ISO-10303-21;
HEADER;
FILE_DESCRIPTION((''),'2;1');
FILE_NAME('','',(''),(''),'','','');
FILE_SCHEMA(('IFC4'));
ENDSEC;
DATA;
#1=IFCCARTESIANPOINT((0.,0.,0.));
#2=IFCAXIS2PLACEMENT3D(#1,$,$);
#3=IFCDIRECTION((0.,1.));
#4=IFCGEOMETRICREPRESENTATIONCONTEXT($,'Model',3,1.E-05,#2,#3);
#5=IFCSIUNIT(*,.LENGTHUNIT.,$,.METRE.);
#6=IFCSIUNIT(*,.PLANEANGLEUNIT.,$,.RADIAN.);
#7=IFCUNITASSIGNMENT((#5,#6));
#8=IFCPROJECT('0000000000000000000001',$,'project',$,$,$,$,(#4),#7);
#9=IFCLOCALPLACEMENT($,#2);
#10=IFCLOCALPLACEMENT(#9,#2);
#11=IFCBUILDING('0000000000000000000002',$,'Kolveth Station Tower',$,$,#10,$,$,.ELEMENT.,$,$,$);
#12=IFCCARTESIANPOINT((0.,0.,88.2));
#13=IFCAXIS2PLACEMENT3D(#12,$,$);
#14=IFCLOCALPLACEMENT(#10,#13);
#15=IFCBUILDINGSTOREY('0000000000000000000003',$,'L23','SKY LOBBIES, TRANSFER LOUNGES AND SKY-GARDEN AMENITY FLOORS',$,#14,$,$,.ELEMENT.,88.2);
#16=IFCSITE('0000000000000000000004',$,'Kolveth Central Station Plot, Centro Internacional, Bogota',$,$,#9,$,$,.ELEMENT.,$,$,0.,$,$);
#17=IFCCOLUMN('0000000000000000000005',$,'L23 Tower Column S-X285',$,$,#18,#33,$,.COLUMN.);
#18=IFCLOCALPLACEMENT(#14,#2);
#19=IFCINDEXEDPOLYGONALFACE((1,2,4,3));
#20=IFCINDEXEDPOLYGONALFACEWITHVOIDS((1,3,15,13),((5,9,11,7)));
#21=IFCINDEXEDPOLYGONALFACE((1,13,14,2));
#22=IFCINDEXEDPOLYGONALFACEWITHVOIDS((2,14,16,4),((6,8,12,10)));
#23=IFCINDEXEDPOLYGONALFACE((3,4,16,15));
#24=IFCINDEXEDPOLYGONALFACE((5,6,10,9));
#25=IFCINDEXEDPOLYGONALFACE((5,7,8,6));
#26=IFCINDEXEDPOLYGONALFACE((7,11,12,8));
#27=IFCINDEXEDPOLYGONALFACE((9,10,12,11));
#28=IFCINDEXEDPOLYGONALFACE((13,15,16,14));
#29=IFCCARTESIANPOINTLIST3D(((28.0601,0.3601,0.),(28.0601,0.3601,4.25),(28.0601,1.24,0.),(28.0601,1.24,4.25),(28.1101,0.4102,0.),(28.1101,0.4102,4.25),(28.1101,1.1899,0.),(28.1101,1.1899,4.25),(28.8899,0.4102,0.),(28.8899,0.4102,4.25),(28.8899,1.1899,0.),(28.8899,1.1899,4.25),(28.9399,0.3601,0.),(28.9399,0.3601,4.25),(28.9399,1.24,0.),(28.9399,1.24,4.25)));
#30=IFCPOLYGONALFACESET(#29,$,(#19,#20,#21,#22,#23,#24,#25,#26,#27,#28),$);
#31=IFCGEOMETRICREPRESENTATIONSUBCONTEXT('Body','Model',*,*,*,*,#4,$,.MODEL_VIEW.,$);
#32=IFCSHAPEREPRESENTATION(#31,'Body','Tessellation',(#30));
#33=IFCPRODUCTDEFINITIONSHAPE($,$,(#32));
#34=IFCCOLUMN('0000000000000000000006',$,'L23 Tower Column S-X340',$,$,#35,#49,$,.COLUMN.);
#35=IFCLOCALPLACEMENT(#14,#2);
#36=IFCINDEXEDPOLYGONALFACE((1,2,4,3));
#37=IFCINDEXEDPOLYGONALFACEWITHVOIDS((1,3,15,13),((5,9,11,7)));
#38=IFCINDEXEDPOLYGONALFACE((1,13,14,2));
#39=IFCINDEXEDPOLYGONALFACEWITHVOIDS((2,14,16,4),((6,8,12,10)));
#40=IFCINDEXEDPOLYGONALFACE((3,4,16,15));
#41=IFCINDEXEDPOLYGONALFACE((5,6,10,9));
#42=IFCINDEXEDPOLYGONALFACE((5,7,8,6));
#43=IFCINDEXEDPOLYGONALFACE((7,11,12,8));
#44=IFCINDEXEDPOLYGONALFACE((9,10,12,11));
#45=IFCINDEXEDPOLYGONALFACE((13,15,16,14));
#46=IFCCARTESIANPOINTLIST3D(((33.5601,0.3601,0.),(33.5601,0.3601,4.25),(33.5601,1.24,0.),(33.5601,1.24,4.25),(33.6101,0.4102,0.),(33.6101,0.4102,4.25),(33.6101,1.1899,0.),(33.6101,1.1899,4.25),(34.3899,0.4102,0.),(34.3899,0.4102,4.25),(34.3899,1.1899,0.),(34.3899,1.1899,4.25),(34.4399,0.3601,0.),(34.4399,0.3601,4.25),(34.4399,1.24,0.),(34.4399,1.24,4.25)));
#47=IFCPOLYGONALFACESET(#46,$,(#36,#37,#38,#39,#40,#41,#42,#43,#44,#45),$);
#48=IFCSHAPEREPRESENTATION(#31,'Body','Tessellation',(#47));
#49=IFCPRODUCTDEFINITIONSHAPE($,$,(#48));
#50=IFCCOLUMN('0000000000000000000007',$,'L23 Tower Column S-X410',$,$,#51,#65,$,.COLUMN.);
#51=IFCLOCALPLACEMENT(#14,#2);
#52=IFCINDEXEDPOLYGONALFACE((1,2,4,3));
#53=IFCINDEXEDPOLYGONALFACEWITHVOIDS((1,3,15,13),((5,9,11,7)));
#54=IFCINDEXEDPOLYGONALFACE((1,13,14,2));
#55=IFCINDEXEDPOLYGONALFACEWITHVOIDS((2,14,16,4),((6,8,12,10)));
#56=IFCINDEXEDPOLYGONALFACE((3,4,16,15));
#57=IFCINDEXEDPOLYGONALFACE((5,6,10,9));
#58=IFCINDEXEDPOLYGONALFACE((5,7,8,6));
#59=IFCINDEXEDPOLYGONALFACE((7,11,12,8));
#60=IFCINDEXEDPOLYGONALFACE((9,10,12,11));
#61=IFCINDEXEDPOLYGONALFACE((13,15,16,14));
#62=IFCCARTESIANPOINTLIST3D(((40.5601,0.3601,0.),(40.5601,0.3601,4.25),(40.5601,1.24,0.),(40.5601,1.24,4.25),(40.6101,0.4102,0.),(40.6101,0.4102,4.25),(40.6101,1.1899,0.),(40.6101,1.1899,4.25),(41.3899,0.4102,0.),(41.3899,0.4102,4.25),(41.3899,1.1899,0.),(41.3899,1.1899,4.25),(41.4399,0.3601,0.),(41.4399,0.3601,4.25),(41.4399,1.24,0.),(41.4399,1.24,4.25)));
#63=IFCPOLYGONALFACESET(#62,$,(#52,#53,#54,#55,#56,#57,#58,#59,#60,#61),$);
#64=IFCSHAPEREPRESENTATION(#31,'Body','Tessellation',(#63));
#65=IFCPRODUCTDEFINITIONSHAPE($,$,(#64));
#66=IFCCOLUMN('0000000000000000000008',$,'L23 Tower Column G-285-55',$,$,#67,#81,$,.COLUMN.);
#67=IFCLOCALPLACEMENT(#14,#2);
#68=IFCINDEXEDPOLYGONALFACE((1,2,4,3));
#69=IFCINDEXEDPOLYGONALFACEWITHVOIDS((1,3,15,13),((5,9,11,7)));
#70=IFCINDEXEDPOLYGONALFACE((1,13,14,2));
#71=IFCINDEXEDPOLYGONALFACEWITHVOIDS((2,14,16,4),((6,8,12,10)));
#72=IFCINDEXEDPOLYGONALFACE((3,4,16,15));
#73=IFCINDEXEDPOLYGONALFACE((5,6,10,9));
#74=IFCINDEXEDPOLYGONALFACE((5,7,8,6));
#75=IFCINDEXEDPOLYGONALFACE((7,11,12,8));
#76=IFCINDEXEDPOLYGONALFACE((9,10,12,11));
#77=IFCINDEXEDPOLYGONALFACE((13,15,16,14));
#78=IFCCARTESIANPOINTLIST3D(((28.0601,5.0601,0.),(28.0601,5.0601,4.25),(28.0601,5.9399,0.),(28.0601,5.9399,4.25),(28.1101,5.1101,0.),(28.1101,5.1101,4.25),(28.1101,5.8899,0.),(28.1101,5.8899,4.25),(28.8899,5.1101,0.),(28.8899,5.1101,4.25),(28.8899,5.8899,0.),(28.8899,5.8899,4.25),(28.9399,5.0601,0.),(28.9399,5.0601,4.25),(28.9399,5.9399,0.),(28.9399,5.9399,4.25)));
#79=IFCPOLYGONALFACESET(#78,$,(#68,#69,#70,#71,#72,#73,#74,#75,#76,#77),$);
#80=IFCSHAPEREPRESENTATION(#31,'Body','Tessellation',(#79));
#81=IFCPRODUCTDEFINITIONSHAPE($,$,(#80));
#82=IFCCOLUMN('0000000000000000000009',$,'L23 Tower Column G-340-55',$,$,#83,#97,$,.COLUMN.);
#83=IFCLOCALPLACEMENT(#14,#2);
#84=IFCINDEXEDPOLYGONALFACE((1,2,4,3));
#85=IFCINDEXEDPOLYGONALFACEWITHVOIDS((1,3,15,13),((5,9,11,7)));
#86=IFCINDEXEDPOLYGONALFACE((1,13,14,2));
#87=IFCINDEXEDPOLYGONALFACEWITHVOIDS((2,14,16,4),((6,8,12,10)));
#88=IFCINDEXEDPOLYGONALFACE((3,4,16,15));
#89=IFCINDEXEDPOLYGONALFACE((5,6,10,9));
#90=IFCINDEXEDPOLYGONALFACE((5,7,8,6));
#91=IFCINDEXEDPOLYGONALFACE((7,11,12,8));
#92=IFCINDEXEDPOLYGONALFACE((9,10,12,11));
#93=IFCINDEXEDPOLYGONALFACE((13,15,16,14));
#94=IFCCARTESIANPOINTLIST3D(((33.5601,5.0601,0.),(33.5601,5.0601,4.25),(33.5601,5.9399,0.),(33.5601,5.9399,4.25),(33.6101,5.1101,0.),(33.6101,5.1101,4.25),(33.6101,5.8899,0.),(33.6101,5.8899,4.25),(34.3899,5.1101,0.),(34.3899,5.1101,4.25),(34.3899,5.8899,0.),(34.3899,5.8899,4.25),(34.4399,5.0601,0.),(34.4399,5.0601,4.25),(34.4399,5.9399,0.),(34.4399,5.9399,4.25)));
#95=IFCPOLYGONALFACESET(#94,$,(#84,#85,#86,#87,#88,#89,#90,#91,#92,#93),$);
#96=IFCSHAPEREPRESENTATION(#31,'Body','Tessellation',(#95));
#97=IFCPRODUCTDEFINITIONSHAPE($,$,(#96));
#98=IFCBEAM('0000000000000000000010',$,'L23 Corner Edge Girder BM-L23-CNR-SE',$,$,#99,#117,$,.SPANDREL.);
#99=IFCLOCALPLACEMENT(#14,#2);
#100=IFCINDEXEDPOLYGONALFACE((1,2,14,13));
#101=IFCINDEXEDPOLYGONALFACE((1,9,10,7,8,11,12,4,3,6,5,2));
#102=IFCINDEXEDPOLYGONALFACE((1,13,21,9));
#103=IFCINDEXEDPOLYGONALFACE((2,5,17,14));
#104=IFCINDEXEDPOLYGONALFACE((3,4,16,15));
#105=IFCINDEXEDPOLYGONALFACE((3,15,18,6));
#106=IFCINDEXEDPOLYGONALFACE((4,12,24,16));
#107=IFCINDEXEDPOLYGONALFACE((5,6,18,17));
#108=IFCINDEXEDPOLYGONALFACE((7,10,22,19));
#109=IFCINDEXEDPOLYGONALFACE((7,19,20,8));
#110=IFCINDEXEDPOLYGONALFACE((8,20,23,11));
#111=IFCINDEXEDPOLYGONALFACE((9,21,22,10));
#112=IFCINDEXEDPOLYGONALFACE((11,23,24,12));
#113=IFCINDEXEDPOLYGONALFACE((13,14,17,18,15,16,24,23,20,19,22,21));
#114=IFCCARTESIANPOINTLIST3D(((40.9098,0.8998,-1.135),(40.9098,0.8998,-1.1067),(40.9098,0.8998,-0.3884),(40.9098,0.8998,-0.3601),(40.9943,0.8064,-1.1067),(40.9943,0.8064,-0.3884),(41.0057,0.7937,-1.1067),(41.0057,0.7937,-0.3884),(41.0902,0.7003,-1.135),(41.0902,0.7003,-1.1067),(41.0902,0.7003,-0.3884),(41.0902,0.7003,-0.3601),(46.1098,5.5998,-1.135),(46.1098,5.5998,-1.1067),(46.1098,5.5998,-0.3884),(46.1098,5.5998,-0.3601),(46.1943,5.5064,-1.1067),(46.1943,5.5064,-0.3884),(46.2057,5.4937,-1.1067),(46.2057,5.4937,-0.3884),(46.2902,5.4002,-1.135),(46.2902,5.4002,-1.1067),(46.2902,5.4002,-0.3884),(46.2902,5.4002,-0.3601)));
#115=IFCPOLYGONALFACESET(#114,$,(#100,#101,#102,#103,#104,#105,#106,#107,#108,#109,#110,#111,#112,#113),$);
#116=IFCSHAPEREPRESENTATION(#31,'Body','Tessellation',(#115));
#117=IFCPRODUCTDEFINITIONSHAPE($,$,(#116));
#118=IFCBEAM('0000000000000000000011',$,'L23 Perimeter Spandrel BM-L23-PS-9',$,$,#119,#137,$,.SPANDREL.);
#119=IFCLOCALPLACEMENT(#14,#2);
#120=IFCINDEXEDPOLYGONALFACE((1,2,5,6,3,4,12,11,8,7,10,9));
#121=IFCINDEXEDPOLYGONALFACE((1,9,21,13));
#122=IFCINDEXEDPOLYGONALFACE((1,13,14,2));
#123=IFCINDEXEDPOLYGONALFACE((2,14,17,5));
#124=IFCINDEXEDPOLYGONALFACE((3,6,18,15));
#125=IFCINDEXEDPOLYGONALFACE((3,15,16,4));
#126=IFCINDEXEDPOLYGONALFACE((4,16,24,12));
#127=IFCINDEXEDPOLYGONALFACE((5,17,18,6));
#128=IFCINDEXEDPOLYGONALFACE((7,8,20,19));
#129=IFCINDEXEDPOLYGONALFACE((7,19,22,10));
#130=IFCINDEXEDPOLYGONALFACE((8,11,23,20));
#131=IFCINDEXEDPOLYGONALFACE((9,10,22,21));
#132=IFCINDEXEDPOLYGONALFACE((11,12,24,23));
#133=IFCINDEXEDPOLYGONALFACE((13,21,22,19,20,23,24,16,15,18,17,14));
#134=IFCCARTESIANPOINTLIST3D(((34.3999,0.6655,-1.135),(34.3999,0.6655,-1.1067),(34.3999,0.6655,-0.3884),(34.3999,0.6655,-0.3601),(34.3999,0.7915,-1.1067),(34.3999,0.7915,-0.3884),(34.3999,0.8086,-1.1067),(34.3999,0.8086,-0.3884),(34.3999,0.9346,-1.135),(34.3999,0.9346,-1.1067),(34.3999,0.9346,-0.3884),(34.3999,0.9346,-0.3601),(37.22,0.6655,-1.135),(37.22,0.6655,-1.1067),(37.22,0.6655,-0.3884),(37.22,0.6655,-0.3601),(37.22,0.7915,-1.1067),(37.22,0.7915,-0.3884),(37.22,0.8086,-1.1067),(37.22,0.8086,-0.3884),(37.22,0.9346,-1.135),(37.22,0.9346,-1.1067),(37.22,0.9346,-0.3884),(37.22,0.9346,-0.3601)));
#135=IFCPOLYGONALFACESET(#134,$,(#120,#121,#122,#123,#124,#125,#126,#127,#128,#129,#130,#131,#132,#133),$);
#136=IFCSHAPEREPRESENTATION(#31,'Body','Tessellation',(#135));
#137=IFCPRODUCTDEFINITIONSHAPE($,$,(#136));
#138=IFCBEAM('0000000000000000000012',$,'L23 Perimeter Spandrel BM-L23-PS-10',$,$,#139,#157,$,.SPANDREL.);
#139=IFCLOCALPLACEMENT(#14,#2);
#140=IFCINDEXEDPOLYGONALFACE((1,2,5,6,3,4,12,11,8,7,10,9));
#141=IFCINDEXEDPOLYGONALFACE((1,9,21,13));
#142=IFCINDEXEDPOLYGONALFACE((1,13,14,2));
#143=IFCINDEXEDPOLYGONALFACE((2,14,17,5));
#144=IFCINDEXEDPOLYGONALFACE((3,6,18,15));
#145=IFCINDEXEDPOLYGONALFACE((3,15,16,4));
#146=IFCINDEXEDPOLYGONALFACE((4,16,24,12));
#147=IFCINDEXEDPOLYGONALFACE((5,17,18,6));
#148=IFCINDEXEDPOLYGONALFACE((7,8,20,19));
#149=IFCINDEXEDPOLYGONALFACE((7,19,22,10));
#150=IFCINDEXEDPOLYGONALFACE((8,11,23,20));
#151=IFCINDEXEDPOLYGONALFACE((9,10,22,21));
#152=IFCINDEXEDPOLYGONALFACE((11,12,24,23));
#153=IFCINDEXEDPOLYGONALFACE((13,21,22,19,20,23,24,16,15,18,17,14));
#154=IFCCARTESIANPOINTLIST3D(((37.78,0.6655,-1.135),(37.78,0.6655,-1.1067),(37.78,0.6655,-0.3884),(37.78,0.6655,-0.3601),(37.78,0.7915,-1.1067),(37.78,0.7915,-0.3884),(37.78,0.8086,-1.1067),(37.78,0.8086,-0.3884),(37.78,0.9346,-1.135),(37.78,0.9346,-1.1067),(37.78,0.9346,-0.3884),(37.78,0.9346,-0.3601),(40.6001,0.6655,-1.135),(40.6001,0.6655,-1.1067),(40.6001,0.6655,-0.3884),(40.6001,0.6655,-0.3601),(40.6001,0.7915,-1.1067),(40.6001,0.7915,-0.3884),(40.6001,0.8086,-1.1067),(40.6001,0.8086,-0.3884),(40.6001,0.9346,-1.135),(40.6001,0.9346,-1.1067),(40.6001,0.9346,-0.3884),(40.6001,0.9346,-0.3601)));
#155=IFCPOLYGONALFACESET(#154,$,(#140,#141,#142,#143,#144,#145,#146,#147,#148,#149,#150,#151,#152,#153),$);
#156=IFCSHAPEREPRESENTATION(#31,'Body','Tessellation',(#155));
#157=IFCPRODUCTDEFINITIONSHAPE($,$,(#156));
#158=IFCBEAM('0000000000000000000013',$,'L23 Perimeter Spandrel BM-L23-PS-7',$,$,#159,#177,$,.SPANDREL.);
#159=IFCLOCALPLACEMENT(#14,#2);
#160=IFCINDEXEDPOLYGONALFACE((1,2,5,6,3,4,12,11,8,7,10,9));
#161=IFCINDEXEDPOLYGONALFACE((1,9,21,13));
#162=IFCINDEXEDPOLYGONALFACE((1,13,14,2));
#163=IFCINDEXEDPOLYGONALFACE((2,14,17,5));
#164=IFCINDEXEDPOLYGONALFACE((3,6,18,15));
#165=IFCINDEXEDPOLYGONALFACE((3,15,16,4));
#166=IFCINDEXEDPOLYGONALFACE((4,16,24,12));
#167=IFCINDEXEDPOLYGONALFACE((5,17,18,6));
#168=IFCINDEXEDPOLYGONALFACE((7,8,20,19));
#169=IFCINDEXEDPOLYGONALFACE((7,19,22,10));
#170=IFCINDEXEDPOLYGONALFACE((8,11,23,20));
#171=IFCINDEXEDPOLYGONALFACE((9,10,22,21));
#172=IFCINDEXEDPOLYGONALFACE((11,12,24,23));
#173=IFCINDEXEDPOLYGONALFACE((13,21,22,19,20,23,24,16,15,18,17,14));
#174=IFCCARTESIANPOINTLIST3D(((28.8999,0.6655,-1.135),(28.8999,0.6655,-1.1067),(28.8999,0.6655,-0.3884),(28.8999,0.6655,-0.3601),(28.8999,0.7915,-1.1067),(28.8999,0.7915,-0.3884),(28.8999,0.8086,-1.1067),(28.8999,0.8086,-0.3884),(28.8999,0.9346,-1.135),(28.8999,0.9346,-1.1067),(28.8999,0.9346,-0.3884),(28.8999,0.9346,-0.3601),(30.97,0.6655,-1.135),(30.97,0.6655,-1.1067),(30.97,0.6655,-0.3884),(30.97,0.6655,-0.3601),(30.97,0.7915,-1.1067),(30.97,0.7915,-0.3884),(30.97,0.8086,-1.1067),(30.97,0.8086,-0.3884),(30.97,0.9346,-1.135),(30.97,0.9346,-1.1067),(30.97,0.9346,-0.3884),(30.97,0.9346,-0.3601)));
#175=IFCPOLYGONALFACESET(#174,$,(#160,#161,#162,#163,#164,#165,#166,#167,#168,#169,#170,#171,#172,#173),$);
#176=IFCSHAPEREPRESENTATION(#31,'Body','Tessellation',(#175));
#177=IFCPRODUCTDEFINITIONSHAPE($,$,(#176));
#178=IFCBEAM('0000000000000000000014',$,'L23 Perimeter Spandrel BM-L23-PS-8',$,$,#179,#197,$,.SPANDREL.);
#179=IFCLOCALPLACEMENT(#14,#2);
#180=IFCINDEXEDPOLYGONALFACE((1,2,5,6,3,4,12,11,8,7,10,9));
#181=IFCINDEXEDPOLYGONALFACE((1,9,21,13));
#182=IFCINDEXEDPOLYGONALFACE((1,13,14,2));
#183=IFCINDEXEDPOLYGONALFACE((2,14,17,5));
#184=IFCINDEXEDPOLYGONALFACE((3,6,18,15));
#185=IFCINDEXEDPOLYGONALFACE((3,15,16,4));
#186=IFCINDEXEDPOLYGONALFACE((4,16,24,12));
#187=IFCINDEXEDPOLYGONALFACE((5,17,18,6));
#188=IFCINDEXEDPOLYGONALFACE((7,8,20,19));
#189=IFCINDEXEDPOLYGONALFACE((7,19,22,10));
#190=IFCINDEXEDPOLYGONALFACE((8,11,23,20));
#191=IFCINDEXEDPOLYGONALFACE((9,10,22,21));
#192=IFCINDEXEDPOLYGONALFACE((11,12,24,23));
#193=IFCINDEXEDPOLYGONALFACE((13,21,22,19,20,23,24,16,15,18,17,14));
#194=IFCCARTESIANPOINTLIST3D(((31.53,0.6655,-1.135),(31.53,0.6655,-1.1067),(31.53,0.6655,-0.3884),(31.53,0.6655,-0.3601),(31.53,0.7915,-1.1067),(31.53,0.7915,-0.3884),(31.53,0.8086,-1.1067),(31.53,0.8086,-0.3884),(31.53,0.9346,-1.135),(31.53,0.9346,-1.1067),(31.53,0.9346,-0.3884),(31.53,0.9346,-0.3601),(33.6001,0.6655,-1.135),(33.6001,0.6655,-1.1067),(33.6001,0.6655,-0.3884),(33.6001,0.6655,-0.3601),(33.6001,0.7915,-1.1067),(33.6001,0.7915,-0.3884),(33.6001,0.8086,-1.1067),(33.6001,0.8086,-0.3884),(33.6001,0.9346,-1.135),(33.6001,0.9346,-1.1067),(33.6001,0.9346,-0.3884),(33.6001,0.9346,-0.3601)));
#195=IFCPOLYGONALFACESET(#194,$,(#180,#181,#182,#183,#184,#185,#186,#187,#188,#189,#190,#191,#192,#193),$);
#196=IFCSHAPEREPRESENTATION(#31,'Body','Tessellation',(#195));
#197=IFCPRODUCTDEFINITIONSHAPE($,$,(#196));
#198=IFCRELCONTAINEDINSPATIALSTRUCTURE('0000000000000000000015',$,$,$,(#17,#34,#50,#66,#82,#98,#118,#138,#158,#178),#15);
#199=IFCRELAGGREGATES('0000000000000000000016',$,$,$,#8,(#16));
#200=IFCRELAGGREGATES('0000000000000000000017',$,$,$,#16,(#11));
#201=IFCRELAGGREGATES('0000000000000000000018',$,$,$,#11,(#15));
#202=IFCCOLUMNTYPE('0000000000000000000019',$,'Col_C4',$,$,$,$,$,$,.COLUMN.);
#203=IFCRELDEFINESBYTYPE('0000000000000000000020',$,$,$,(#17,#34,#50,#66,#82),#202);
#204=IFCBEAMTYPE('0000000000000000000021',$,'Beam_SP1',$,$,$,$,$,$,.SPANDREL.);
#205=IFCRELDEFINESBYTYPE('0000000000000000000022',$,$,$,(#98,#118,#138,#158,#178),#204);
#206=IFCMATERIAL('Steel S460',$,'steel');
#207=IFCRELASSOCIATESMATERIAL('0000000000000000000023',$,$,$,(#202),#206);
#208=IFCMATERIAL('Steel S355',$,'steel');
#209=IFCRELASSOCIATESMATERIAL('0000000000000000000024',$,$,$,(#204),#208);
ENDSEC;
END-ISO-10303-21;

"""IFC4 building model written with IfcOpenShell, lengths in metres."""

from ifc_helpers import new_model, si_unit, direction, frame, origin, origin_2d, place, context, subcontext, project, spatial, hollow_rectangle, i_section, extrude, source, transform, mapped, material, material_profile, profile_set, type_object, element, save


model = new_model("IFC4")

# Units and contexts
model_context = context("Model", 3, precision=1e-05, world=origin(), true_north=direction((0.0, 1.0)))
body_context = subcontext(model_context, "Body", "Model", "MODEL_VIEW")
ifc_project = project(units=[si_unit("LENGTHUNIT", "METRE"), si_unit("PLANEANGLEUNIT", "RADIAN")], contexts=[model_context])

# Site, building, storey
site_placement = place(None, origin())
site = spatial("IfcSite", under=ifc_project, at=site_placement, Name="Kolveth Central Station Plot, Centro Internacional, Bogota", CompositionType="ELEMENT", RefElevation=0.0)
building_placement = place(site_placement, origin())
building = spatial("IfcBuilding", under=site, at=building_placement, Name="Kolveth Station Tower", CompositionType="ELEMENT")
storey_placement = place(building_placement, frame((0.0, 0.0, 88.2)))
storey = spatial("IfcBuildingStorey", under=building, at=storey_placement, Name="L23", Description="SKY LOBBIES, TRANSFER LOUNGES AND SKY-GARDEN AMENITY FLOORS", CompositionType="ELEMENT", Elevation=88.2)

# Columns
ifc_material_1 = material(Name="Steel S460", Category="steel")
ifc_material_profile_1 = material_profile(ifc_material_1, hollow_rectangle(XDim=0.8799, YDim=0.8799, WallThickness=0.05, at=origin_2d()), Name="BOX880x880x50")
ifc_profile_set_1 = profile_set([ifc_material_profile_1], Name="Steel S460")
column_type = type_object("IfcColumnType", Name="Col_C4", PredefinedType="COLUMN", material=ifc_profile_set_1)
shared_shape_1 = source(origin(), body_context, "Body", "SweptSolid", [
    extrude(hollow_rectangle(XDim=0.8799, YDim=0.8799, WallThickness=0.05, at=origin_2d()), origin(), (0.0, 0.0, 1.0), 4.25),
])
for number, where, z_axis, x_axis, name in (
    (1, (28.5, 0.8, 0.0), (0.0, 0.0, 1.0), (1.0, 0.0, 0.0), "L23 Tower Column S-X285"),
    (2, (34.0, 0.8, 0.0), (0.0, 0.0, 1.0), (1.0, 0.0, 0.0), "L23 Tower Column S-X340"),
    (3, (41.0, 0.8, 0.0), (0.0, 0.0, 1.0), (1.0, 0.0, 0.0), "L23 Tower Column S-X410"),
    (4, (28.5, 5.5, 0.0), (0.0, 0.0, 1.0), (1.0, 0.0, 0.0), "L23 Tower Column G-285-55"),
    (5, (34.0, 5.5, 0.0), (0.0, 0.0, 1.0), (1.0, 0.0, 0.0), "L23 Tower Column G-340-55"),
):
    element("IfcColumn", number, at=place(storey_placement, frame(where, z_axis=z_axis, x_axis=x_axis)), inside=storey, type_object=column_type, Name=name, PredefinedType="COLUMN", context=body_context, shape_type="MappedRepresentation", body=[
        mapped(shared_shape_1, transform((0.0, 0.0, 0.0), x_axis=(1.0, 0.0, 0.0), y_axis=(0.0, 1.0, 0.0), z_axis=(0.0, 0.0, 1.0), scale=1.0)),
    ])

# Beams
ifc_material_2 = material(Name="Steel S355", Category="steel")
ifc_material_profile_2 = material_profile(ifc_material_2, i_section(OverallWidth=0.269, OverallDepth=0.7749, WebThickness=0.0171, FlangeThickness=0.0283, at=origin_2d()), Name="W760x220")
ifc_profile_set_2 = profile_set([ifc_material_profile_2], Name="Steel S355")
beam_type_1 = type_object("IfcBeamType", Name="Beam_SP1", PredefinedType="SPANDREL", material=ifc_profile_set_2)
shared_shape_2 = source(origin(), body_context, "Body", "SweptSolid", [
    extrude(i_section(OverallWidth=0.269, OverallDepth=0.7749, WebThickness=0.0171, FlangeThickness=0.0283, at=origin_2d()), origin(), (0.0, 0.0, 1.0), 7.0093),
])
beam_1_placement = place(storey_placement, frame((41.0, 0.8, -0.7476), z_axis=(0.741874, 0.670539, 0.0), x_axis=(-0.670539, 0.741874, 0.0)))
element("IfcBeam", 6, at=beam_1_placement, inside=storey, type_object=beam_type_1, Name="L23 Corner Edge Girder BM-L23-CNR-SE", PredefinedType="SPANDREL", context=body_context, shape_type="MappedRepresentation", body=[
    mapped(shared_shape_2, transform((0.0, 0.0, 0.0), x_axis=(1.0, 0.0, 0.0), y_axis=(0.0, 1.0, 0.0), z_axis=(0.0, 0.0, 1.0), scale=1.0)),
])
shared_shape_3 = source(origin(), body_context, "Body", "SweptSolid", [
    extrude(i_section(OverallWidth=0.269, OverallDepth=0.7749, WebThickness=0.0171, FlangeThickness=0.0283, at=origin_2d()), origin(), (0.0, 0.0, 1.0), 2.8201),
])
for number, where, z_axis, x_axis, name in (
    (7, (34.3999, 0.8, -0.7476), (1.0, 0.0, 0.0), (0.0, 1.0, 0.0), "L23 Perimeter Spandrel BM-L23-PS-9"),
    (8, (37.78, 0.8, -0.7476), (1.0, 0.0, 0.0), (0.0, 1.0, 0.0), "L23 Perimeter Spandrel BM-L23-PS-10"),
):
    element("IfcBeam", number, at=place(storey_placement, frame(where, z_axis=z_axis, x_axis=x_axis)), inside=storey, type_object=beam_type_1, Name=name, PredefinedType="SPANDREL", context=body_context, shape_type="MappedRepresentation", body=[
        mapped(shared_shape_3, transform((0.0, 0.0, 0.0), x_axis=(1.0, 0.0, 0.0), y_axis=(0.0, 1.0, 0.0), z_axis=(0.0, 0.0, 1.0), scale=1.0)),
    ])
shared_shape_4 = source(origin(), body_context, "Body", "SweptSolid", [
    extrude(i_section(OverallWidth=0.269, OverallDepth=0.7749, WebThickness=0.0171, FlangeThickness=0.0283, at=origin_2d()), origin(), (0.0, 0.0, 1.0), 2.0701),
])
for number, where, z_axis, x_axis, name in (
    (9, (28.8999, 0.8, -0.7476), (1.0, 0.0, 0.0), (0.0, 1.0, 0.0), "L23 Perimeter Spandrel BM-L23-PS-7"),
    (10, (31.53, 0.8, -0.7476), (1.0, 0.0, 0.0), (0.0, 1.0, 0.0), "L23 Perimeter Spandrel BM-L23-PS-8"),
):
    element("IfcBeam", number, at=place(storey_placement, frame(where, z_axis=z_axis, x_axis=x_axis)), inside=storey, type_object=beam_type_1, Name=name, PredefinedType="SPANDREL", context=body_context, shape_type="MappedRepresentation", body=[
        mapped(shared_shape_4, transform((0.0, 0.0, 0.0), x_axis=(1.0, 0.0, 0.0), y_axis=(0.0, 1.0, 0.0), z_axis=(0.0, 0.0, 1.0), scale=1.0)),
    ])

save(model, "model.ifc")
